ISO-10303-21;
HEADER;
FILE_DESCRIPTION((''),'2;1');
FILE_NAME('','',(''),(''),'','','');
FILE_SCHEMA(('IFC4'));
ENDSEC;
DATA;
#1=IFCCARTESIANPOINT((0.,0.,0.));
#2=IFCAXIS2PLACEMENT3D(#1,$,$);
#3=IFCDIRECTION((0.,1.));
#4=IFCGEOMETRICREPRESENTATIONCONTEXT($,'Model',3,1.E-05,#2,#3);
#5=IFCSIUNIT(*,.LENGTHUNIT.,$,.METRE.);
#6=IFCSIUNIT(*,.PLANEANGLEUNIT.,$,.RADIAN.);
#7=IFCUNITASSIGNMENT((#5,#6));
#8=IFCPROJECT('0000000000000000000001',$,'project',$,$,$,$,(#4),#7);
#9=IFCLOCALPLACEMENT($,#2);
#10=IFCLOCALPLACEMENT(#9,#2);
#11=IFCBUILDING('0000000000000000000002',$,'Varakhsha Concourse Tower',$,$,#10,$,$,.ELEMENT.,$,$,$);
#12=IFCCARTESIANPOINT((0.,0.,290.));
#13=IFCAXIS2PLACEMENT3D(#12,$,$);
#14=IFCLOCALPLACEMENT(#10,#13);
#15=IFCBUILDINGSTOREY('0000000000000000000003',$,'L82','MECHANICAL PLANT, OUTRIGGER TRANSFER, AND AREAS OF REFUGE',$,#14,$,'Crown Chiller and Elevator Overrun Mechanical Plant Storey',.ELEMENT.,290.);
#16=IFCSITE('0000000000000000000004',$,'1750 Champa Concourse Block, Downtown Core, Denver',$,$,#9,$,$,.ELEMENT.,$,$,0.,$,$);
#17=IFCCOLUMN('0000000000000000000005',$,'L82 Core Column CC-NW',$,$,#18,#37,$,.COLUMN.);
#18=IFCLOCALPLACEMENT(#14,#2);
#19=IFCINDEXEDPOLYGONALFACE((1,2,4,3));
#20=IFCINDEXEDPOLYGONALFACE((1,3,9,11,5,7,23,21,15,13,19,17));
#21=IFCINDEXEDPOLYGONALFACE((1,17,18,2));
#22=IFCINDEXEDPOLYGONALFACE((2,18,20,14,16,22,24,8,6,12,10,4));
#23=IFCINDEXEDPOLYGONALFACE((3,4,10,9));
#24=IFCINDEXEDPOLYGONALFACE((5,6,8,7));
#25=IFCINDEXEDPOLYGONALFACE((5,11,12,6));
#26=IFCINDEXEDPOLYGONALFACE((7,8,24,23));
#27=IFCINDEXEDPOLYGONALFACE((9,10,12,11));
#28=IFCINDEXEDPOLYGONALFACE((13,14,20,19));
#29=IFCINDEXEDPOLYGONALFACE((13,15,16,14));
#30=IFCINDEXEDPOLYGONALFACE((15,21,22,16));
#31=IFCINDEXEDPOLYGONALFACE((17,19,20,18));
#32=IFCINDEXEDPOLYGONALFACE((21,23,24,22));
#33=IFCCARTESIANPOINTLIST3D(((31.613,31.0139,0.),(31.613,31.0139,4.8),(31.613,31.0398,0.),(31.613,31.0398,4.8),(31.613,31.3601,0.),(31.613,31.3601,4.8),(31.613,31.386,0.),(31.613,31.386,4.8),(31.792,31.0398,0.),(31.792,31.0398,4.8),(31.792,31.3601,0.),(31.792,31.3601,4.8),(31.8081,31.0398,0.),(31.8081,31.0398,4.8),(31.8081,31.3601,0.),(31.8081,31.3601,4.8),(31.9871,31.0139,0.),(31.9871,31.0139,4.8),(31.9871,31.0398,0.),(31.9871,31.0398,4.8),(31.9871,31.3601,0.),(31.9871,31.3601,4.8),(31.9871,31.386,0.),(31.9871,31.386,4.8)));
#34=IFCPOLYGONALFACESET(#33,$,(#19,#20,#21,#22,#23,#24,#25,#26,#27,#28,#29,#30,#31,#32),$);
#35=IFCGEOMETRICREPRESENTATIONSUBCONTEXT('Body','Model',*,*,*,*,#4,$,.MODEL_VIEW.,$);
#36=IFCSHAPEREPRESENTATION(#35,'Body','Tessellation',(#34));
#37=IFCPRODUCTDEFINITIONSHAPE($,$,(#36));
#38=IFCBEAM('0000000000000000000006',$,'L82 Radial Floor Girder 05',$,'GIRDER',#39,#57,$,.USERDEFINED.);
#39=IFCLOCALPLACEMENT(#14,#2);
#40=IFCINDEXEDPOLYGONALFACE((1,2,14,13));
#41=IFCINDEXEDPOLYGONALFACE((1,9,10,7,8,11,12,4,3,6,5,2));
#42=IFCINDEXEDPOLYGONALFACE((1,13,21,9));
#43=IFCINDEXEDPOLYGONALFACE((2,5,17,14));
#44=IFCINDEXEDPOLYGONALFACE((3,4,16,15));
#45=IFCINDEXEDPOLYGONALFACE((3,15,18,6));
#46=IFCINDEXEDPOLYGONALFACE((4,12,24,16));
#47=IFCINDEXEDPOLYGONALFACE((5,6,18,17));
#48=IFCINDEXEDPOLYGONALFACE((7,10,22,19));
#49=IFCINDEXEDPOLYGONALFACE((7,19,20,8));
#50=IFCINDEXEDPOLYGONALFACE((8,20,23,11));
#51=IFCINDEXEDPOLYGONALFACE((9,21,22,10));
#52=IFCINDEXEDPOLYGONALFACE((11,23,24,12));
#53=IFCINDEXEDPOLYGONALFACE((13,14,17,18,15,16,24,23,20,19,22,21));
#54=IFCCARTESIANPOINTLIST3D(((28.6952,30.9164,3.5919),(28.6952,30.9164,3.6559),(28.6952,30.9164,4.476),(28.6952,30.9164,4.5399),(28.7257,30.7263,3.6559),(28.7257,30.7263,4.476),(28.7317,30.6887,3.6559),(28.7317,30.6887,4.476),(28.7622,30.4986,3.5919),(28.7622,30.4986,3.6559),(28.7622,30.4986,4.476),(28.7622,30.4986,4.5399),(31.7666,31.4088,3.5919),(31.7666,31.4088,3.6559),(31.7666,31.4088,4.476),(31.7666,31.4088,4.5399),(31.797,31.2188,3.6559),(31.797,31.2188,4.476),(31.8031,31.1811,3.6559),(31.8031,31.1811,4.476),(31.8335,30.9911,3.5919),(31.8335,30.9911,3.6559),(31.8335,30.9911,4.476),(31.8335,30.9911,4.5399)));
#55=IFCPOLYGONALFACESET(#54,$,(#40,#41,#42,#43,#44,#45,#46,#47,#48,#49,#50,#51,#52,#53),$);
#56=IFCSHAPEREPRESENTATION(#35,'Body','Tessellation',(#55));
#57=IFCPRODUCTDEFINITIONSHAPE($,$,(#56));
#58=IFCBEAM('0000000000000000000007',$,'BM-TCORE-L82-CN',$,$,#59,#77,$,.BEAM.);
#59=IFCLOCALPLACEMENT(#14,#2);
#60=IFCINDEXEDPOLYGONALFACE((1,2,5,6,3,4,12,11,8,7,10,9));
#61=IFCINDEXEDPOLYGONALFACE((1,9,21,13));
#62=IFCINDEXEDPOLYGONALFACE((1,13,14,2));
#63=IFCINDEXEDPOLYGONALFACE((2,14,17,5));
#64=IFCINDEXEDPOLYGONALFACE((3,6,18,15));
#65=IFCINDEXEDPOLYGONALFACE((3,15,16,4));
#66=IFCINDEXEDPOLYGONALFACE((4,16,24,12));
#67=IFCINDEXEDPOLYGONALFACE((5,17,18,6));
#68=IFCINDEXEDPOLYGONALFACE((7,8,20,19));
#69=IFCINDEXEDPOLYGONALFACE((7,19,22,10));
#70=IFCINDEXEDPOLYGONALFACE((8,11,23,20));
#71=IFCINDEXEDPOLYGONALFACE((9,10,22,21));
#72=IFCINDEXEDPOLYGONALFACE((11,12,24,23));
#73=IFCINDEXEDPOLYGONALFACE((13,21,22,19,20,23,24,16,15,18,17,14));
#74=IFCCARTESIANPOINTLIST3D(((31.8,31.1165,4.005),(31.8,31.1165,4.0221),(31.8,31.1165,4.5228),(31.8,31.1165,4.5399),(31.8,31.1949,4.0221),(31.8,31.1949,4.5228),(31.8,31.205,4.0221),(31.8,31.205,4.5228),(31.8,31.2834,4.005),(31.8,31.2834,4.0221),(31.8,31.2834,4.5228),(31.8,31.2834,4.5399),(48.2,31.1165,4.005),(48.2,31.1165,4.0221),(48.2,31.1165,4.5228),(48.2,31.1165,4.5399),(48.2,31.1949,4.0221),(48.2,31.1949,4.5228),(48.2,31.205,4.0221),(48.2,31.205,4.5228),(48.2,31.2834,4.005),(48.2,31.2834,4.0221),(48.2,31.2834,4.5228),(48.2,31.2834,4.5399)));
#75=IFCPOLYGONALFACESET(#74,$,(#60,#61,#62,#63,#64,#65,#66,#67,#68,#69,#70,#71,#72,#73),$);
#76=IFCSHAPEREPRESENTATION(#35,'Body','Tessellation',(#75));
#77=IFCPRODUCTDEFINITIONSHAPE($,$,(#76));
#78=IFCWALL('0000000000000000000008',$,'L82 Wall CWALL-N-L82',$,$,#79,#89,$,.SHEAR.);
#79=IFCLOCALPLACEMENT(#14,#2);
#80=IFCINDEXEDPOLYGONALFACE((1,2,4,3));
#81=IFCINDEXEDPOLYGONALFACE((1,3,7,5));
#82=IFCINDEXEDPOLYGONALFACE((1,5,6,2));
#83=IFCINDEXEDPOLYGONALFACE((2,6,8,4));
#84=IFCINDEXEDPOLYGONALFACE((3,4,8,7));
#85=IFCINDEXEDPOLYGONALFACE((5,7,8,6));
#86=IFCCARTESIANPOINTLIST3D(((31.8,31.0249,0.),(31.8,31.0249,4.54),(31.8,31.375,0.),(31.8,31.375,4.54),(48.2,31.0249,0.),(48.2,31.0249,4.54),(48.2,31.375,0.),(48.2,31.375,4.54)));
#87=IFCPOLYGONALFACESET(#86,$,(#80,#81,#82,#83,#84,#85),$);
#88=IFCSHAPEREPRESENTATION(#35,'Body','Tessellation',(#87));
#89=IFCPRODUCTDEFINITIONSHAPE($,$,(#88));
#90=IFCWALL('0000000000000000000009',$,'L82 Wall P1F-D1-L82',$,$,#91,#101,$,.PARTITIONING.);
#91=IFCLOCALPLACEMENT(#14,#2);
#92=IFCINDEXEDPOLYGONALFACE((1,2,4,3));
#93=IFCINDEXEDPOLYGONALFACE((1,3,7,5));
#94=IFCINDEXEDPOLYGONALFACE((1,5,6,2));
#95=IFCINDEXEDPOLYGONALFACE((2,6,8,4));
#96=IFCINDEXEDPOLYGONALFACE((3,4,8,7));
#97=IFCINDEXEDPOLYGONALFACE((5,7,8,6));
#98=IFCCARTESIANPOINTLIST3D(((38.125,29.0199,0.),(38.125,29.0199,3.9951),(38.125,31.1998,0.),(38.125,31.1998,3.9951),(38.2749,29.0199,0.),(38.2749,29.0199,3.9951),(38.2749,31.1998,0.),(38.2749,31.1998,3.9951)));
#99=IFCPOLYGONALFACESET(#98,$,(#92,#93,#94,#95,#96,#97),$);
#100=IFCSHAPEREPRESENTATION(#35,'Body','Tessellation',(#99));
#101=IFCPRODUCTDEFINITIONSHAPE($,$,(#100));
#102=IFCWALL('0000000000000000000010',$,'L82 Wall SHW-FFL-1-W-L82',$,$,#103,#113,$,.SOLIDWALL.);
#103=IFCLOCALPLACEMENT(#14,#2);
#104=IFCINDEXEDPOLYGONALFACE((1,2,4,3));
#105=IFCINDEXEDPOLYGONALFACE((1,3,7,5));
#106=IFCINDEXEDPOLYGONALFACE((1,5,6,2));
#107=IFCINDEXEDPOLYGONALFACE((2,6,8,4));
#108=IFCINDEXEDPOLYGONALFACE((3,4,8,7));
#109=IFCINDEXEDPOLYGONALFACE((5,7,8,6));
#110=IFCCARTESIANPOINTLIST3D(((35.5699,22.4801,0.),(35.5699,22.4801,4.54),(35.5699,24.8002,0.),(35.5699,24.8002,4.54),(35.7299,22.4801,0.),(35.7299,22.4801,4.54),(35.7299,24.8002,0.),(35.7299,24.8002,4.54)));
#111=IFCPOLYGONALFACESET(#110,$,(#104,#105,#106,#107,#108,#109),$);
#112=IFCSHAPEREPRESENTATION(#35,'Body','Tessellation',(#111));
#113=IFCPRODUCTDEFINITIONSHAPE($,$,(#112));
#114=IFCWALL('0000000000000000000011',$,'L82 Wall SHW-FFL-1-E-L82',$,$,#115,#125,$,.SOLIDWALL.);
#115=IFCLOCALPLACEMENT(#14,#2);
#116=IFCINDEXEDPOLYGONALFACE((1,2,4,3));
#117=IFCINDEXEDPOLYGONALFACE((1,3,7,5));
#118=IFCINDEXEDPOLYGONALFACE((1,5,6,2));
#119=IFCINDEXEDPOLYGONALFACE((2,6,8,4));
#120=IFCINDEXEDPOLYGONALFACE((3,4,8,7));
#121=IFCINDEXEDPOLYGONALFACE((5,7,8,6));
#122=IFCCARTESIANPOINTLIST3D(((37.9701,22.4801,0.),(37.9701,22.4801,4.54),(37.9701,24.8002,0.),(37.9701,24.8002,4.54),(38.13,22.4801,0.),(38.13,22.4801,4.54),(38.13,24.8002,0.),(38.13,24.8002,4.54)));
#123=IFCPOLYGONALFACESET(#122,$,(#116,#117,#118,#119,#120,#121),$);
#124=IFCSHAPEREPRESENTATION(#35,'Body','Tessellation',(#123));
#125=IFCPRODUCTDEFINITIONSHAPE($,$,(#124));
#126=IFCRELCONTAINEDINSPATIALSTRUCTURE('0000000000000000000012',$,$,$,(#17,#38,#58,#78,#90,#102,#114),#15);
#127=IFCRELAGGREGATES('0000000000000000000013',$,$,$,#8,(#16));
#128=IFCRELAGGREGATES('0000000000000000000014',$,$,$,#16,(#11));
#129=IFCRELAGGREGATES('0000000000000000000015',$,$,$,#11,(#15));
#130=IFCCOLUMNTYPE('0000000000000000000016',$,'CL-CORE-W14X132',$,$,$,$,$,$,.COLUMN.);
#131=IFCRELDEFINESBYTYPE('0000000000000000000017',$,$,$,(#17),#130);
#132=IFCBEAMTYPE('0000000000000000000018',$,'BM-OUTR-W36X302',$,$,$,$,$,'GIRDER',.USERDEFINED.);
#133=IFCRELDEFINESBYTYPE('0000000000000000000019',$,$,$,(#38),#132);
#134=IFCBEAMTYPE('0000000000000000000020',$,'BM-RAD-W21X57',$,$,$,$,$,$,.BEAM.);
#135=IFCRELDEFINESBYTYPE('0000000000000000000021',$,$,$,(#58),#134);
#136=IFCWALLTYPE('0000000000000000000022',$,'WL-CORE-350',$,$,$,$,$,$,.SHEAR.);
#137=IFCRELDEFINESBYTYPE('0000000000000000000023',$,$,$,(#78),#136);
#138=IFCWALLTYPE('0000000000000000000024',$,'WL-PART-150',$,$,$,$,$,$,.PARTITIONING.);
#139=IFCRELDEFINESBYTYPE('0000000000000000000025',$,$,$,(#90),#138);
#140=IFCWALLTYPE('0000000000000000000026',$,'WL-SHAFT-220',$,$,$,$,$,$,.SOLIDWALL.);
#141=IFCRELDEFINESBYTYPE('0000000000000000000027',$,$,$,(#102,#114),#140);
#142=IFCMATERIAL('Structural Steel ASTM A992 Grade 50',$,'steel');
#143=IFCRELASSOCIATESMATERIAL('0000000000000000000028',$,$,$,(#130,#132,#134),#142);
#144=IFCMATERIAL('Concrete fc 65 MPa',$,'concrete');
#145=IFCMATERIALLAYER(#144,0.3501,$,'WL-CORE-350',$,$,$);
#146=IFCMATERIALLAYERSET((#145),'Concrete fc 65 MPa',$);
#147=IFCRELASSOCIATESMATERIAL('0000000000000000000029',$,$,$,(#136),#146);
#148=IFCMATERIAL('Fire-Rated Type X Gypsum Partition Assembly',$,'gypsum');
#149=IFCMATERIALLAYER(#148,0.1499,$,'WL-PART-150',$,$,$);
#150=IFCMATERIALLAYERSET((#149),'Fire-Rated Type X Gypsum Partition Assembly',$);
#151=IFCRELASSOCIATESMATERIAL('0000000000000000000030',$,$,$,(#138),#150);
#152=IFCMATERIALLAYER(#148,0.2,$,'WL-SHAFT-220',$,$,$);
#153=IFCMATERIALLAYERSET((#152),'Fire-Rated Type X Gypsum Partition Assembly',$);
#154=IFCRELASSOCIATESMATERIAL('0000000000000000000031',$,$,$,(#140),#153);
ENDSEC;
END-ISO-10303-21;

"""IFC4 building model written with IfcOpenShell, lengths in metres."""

from ifc_helpers import new_model, si_unit, direction, frame, frame_2d, origin, origin_2d, place, context, subcontext, project, spatial, rectangle, i_section, extrude, material, layer, layer_set, material_profile, profile_set, type_object, element, save


model = new_model("IFC4")

# Units and contexts
model_context = context("Model", 3, precision=1e-05, world=origin(), true_north=direction((0.0, 1.0)))
body_context = subcontext(model_context, "Body", "Model", "MODEL_VIEW")
ifc_project = project(units=[si_unit("LENGTHUNIT", "METRE"), si_unit("PLANEANGLEUNIT", "RADIAN")], contexts=[model_context])

# Site, building, storey
site_placement = place(None, origin())
site = spatial("IfcSite", under=ifc_project, at=site_placement, Name="1750 Champa Concourse Block, Downtown Core, Denver", CompositionType="ELEMENT", RefElevation=0.0)
building_placement = place(site_placement, origin())
building = spatial("IfcBuilding", under=site, at=building_placement, Name="Varakhsha Concourse Tower", CompositionType="ELEMENT")
storey_placement = place(building_placement, frame((0.0, 0.0, 290.0)))
storey = spatial("IfcBuildingStorey", under=building, at=storey_placement, Name="L82", Description="MECHANICAL PLANT, OUTRIGGER TRANSFER, AND AREAS OF REFUGE", LongName="Crown Chiller and Elevator Overrun Mechanical Plant Storey", CompositionType="ELEMENT", Elevation=290.0)

# Column
ifc_material_1 = material(Name="Structural Steel ASTM A992 Grade 50", Category="steel")
ifc_material_profile_1 = material_profile(ifc_material_1, i_section(OverallWidth=0.374, OverallDepth=0.3721, WebThickness=0.0161, FlangeThickness=0.0259, at=origin_2d()), Name="W14X132")
ifc_profile_set_1 = profile_set([ifc_material_profile_1], Name="Structural Steel ASTM A992 Grade 50")
column_type = type_object("IfcColumnType", Name="CL-CORE-W14X132", PredefinedType="COLUMN", material=ifc_profile_set_1)
column_placement = place(storey_placement, frame((31.8, 31.2, 0.0), z_axis=(0.0, 0.0, 1.0), x_axis=(1.0, 0.0, 0.0)))
element("IfcColumn", 1, at=column_placement, inside=storey, type_object=column_type, Name="L82 Core Column CC-NW", PredefinedType="COLUMN", context=body_context, shape_type="SweptSolid", body=[
    extrude(i_section(OverallWidth=0.374, OverallDepth=0.3721, WebThickness=0.0161, FlangeThickness=0.0259, at=origin_2d()), origin(), (0.0, 0.0, 1.0), 4.8),
])

# Beams
ifc_material_profile_2 = material_profile(ifc_material_1, i_section(OverallWidth=0.4231, OverallDepth=0.948, WebThickness=0.0381, FlangeThickness=0.064, at=origin_2d()), Name="W36X302")
ifc_profile_set_2 = profile_set([ifc_material_profile_2], Name="Structural Steel ASTM A992 Grade 50")
beam_type_1 = type_object("IfcBeamType", Name="BM-OUTR-W36X302", ElementType="GIRDER", PredefinedType="USERDEFINED", material=ifc_profile_set_2)
beam_1_placement = place(storey_placement, frame((31.8, 31.2, 4.0659), z_axis=(-0.987389, -0.158312, 0.0), x_axis=(0.158312, -0.987389, 0.0)))
element("IfcBeam", 2, at=beam_1_placement, inside=storey, type_object=beam_type_1, Name="L82 Radial Floor Girder 05", ObjectType="GIRDER", PredefinedType="USERDEFINED", context=body_context, shape_type="SweptSolid", body=[
    extrude(i_section(OverallWidth=0.4231, OverallDepth=0.948, WebThickness=0.0381, FlangeThickness=0.064, at=origin_2d()), origin(), (0.0, 0.0, 1.0), 3.1106),
])
ifc_material_profile_3 = material_profile(ifc_material_1, i_section(OverallWidth=0.167, OverallDepth=0.5349, WebThickness=0.01, FlangeThickness=0.0171, at=origin_2d()), Name="W21X57")
ifc_profile_set_3 = profile_set([ifc_material_profile_3], Name="Structural Steel ASTM A992 Grade 50")
beam_type_2 = type_object("IfcBeamType", Name="BM-RAD-W21X57", PredefinedType="BEAM", material=ifc_profile_set_3)
beam_2_placement = place(storey_placement, frame((31.8, 31.2, 4.2725), z_axis=(1.0, 0.0, 0.0), x_axis=(0.0, 1.0, 0.0)))
element("IfcBeam", 3, at=beam_2_placement, inside=storey, type_object=beam_type_2, Name="BM-TCORE-L82-CN", PredefinedType="BEAM", context=body_context, shape_type="SweptSolid", body=[
    extrude(i_section(OverallWidth=0.167, OverallDepth=0.5349, WebThickness=0.01, FlangeThickness=0.0171, at=origin_2d()), origin(), (0.0, 0.0, 1.0), 16.3999),
])

# Walls
ifc_material_2 = material(Name="Concrete fc 65 MPa", Category="concrete")
ifc_layer_1 = layer(ifc_material_2, 0.3501, Name="WL-CORE-350")
ifc_layer_set_1 = layer_set([ifc_layer_1], Name="Concrete fc 65 MPa")
wall_type_1 = type_object("IfcWallType", Name="WL-CORE-350", PredefinedType="SHEAR", material=ifc_layer_set_1)
wall_1_placement = place(storey_placement, frame((31.8, 31.2, 0.0), z_axis=(0.0, 0.0, 1.0), x_axis=(1.0, 0.0, 0.0)))
element("IfcWall", 4, at=wall_1_placement, inside=storey, type_object=wall_type_1, Name="L82 Wall CWALL-N-L82", PredefinedType="SHEAR", context=body_context, shape_type="SweptSolid", body=[
    extrude(rectangle(XDim=16.3999, YDim=0.3501, at=frame_2d((8.2, 0.0))), origin(), (0.0, 0.0, 1.0), 4.54),
])
ifc_material_3 = material(Name="Fire-Rated Type X Gypsum Partition Assembly", Category="gypsum")
ifc_layer_2 = layer(ifc_material_3, 0.1499, Name="WL-PART-150")
ifc_layer_set_2 = layer_set([ifc_layer_2], Name="Fire-Rated Type X Gypsum Partition Assembly")
wall_type_2 = type_object("IfcWallType", Name="WL-PART-150", PredefinedType="PARTITIONING", material=ifc_layer_set_2)
wall_2_placement = place(storey_placement, frame((38.2, 29.02, 0.0), z_axis=(0.0, 0.0, 1.0), x_axis=(0.0, 1.0, 0.0)))
element("IfcWall", 5, at=wall_2_placement, inside=storey, type_object=wall_type_2, Name="L82 Wall P1F-D1-L82", PredefinedType="PARTITIONING", context=body_context, shape_type="SweptSolid", body=[
    extrude(rectangle(XDim=2.1799, YDim=0.1499, at=frame_2d((1.0898, 0.0))), origin(), (0.0, 0.0, 1.0), 3.9951),
])

# Shared definitions
ifc_layer_3 = layer(ifc_material_3, 0.2, Name="WL-SHAFT-220")
ifc_layer_set_3 = layer_set([ifc_layer_3], Name="Fire-Rated Type X Gypsum Partition Assembly")
wall_type_3 = type_object("IfcWallType", Name="WL-SHAFT-220", PredefinedType="SOLIDWALL", material=ifc_layer_set_3)

# Walls
for number, where, z_axis, x_axis, name in (
    (6, (35.6499, 22.48, 0.0), (0.0, 0.0, 1.0), (0.0, 1.0, 0.0), "L82 Wall SHW-FFL-1-W-L82"),
    (7, (38.05, 22.48, 0.0), (0.0, 0.0, 1.0), (0.0, 1.0, 0.0), "L82 Wall SHW-FFL-1-E-L82"),
):
    element("IfcWall", number, at=place(storey_placement, frame(where, z_axis=z_axis, x_axis=x_axis)), inside=storey, type_object=wall_type_3, Name=name, PredefinedType="SOLIDWALL", context=body_context, shape_type="SweptSolid", body=[
        extrude(rectangle(XDim=2.3201, YDim=0.1599, at=frame_2d((1.1602, 0.0))), origin(), (0.0, 0.0, 1.0), 4.54),
    ])

save(model, "model.ifc")
